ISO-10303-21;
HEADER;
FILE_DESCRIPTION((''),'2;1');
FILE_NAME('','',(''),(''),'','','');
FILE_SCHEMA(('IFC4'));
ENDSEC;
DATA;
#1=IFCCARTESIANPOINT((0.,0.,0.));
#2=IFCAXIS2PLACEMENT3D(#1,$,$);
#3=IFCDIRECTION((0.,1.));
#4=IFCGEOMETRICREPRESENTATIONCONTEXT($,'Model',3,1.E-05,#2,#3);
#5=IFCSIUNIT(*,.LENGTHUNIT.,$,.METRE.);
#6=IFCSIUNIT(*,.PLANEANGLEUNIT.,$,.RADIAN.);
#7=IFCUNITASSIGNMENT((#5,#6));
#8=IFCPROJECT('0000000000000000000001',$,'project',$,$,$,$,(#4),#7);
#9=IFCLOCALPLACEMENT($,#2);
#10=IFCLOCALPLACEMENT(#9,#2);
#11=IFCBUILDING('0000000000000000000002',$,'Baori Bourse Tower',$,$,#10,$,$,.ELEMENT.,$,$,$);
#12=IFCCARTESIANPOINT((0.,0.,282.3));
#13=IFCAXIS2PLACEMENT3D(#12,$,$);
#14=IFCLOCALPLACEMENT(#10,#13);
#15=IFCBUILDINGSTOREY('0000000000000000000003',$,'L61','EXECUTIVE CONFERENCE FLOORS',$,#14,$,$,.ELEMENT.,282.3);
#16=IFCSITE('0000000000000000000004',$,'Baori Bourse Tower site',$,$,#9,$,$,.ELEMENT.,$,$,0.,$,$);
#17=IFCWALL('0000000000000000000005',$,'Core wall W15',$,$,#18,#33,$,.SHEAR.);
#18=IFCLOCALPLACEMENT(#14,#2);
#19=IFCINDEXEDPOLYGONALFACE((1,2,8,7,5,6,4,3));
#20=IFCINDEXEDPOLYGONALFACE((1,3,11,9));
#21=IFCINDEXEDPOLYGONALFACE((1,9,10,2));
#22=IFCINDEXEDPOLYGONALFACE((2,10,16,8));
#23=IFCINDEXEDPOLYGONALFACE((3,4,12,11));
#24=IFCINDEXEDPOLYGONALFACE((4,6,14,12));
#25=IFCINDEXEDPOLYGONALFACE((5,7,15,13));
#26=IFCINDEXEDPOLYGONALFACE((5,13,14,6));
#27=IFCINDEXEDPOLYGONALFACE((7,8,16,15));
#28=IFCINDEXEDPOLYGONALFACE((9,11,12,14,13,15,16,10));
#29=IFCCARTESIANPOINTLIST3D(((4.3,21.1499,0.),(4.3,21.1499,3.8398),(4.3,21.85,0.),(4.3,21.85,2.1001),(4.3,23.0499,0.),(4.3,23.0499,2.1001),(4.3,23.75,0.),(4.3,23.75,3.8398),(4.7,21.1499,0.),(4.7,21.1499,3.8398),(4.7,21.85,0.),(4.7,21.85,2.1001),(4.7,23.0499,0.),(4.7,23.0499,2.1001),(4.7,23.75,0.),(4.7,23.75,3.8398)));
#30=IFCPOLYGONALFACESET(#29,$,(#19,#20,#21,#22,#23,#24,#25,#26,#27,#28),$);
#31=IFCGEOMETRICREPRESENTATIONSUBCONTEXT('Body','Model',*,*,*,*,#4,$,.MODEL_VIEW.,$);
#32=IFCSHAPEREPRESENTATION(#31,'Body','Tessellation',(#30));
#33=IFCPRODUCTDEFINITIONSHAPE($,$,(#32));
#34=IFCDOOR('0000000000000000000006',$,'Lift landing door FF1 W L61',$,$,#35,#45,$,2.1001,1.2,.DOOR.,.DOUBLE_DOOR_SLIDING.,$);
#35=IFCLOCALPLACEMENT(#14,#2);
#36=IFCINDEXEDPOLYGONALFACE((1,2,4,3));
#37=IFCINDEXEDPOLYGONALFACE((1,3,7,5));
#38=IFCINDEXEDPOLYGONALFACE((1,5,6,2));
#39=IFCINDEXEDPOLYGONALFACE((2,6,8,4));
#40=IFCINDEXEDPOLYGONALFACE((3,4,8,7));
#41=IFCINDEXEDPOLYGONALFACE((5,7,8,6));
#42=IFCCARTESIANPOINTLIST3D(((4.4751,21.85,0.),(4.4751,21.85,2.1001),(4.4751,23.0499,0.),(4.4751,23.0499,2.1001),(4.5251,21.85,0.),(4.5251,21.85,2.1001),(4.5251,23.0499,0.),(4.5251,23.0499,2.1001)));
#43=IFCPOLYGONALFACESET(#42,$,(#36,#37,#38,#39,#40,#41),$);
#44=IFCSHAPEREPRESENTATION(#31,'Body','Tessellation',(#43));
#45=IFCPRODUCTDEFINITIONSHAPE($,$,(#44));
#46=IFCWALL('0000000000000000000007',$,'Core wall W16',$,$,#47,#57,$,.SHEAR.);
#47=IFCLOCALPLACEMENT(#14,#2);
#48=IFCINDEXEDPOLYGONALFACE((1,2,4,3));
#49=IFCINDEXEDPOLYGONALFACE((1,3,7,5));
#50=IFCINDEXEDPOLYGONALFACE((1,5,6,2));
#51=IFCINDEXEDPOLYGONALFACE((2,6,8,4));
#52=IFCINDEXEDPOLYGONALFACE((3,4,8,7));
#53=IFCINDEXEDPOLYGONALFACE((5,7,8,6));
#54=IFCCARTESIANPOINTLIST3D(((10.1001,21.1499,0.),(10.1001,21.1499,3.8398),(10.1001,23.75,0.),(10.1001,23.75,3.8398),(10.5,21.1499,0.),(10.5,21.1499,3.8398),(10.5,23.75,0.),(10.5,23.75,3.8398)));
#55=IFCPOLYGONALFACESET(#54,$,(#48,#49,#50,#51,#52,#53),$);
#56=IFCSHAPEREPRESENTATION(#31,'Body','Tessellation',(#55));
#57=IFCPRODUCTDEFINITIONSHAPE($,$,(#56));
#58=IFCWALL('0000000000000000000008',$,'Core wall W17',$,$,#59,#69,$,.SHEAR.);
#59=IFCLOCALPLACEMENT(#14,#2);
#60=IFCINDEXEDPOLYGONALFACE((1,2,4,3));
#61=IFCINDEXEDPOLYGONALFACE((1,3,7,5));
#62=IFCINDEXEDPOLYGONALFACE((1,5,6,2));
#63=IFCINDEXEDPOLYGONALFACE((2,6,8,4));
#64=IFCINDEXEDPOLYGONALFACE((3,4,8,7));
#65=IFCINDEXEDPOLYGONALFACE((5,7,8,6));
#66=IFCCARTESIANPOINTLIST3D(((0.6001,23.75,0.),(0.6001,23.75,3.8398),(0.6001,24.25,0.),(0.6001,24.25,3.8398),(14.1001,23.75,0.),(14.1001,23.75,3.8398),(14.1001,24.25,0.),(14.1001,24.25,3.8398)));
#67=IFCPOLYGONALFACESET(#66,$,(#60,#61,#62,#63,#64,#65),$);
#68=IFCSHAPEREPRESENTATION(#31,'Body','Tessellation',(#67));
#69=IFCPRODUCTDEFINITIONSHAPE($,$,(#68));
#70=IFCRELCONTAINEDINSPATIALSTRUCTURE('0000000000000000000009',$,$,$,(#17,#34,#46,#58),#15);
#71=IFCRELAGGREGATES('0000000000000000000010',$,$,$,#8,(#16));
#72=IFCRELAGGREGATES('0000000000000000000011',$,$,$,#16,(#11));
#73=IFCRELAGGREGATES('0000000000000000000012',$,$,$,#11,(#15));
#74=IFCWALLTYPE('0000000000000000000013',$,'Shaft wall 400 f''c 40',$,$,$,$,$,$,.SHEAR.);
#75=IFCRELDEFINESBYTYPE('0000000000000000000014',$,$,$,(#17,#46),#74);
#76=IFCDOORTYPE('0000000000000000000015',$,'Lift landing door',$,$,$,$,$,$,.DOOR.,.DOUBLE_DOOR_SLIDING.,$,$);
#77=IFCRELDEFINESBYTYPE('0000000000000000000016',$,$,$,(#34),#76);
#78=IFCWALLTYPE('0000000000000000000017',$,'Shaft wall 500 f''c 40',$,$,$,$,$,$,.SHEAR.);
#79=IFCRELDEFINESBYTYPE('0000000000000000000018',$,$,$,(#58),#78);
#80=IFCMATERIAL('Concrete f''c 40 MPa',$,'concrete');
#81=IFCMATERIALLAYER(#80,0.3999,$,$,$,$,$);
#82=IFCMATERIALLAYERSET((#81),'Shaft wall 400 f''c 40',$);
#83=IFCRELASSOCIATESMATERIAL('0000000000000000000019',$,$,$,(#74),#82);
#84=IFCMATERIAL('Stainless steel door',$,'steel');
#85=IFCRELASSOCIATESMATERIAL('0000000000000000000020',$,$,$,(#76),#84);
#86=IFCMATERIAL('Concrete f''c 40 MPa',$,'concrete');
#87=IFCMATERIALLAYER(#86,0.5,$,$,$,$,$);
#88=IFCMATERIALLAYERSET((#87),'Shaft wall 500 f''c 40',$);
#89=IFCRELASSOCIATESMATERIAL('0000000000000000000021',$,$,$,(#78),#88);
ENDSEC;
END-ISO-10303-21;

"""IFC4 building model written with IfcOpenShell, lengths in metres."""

from ifc_helpers import new_model, si_unit, direction, frame, frame_2d, origin, place, context, subcontext, project, spatial, rectangle, extrude, material, layer, layer_set, type_object, element, fill, save


model = new_model("IFC4")

# Units and contexts
model_context = context("Model", 3, precision=1e-05, world=origin(), true_north=direction((0.0, 1.0)))
body_context = subcontext(model_context, "Body", "Model", "MODEL_VIEW")
ifc_project = project(units=[si_unit("LENGTHUNIT", "METRE"), si_unit("PLANEANGLEUNIT", "RADIAN")], contexts=[model_context])

# Site, building, storey
site_placement = place(None, origin())
site = spatial("IfcSite", under=ifc_project, at=site_placement, Name="Baori Bourse Tower site", CompositionType="ELEMENT", RefElevation=0.0)
building_placement = place(site_placement, origin())
building = spatial("IfcBuilding", under=site, at=building_placement, Name="Baori Bourse Tower", CompositionType="ELEMENT")
storey_placement = place(building_placement, frame((0.0, 0.0, 282.3)))
storey = spatial("IfcBuildingStorey", under=building, at=storey_placement, Name="L61", Description="EXECUTIVE CONFERENCE FLOORS", CompositionType="ELEMENT", Elevation=282.3)

# Shared definitions
ifc_material_1 = material(Name="Concrete f'c 40 MPa", Category="concrete")
ifc_layer_1 = layer(ifc_material_1, 0.3999)
ifc_layer_set_1 = layer_set([ifc_layer_1], Name="Shaft wall 400 f'c 40")
wall_type_1 = type_object("IfcWallType", Name="Shaft wall 400 f'c 40", PredefinedType="SHEAR", material=ifc_layer_set_1)

# Wall, opening, door
wall_1_placement = place(storey_placement, frame((4.5, 21.1499, 0.0), z_axis=(0.0, 0.0, 1.0), x_axis=(0.0, 1.0, 0.0)))
wall_1 = element("IfcWall", 1, at=wall_1_placement, inside=storey, type_object=wall_type_1, Name="Core wall W15", PredefinedType="SHEAR", context=body_context, shape_type="SweptSolid", body=[
    extrude(rectangle(XDim=2.6001, YDim=0.3999, at=frame_2d((1.3, 0.0))), origin(), (0.0, 0.0, 1.0), 3.8398),
])
opening_1_placement = place(wall_1_placement, frame((0.7, 0.0, 0.0)))
opening_1 = element("IfcOpeningElement", 2, at=opening_1_placement, cuts=wall_1, PredefinedType="OPENING", context=body_context, shape_type="SweptSolid", body=[
    extrude(rectangle(XDim=1.2, YDim=2.1001, at=frame_2d((0.6001, 1.05))), frame((0.0, 0.21, 0.0), z_axis=(0.0, -1.0, 0.0), x_axis=(1.0, 0.0, 0.0)), (0.0, 0.0, 1.0), 0.4199),
])
ifc_material_2 = material(Name="Stainless steel door", Category="steel")
door_type_1 = type_object("IfcDoorType", Name="Lift landing door", OperationType="DOUBLE_DOOR_SLIDING", PredefinedType="DOOR", material=ifc_material_2)
door_1_placement = place(opening_1_placement, origin())
door_1 = element("IfcDoor", 3, at=door_1_placement, inside=storey, type_object=door_type_1, Name="Lift landing door FF1 W L61", OperationType="DOUBLE_DOOR_SLIDING", OverallHeight=2.1001, OverallWidth=1.2, PredefinedType="DOOR", context=body_context, shape_type="SweptSolid", body=[
    extrude(rectangle(XDim=1.2, YDim=2.1001, at=frame_2d((0.6001, 1.05))), frame((0.0, 0.0249, 0.0), z_axis=(0.0, -1.0, 0.0), x_axis=(1.0, 0.0, 0.0)), (0.0, 0.0, 1.0), 0.05),
])
fill(opening_1, door_1)

# Walls
wall_2_placement = place(storey_placement, frame((10.3, 21.1499, 0.0), z_axis=(0.0, 0.0, 1.0), x_axis=(0.0, 1.0, 0.0)))
element("IfcWall", 4, at=wall_2_placement, inside=storey, type_object=wall_type_1, Name="Core wall W16", PredefinedType="SHEAR", context=body_context, shape_type="SweptSolid", body=[
    extrude(rectangle(XDim=2.6001, YDim=0.3999, at=frame_2d((1.3, 0.0))), origin(), (0.0, 0.0, 1.0), 3.8398),
])
ifc_material_3 = material(Name="Concrete f'c 40 MPa", Category="concrete")
ifc_layer_2 = layer(ifc_material_3, 0.5)
ifc_layer_set_2 = layer_set([ifc_layer_2], Name="Shaft wall 500 f'c 40")
wall_type_2 = type_object("IfcWallType", Name="Shaft wall 500 f'c 40", PredefinedType="SHEAR", material=ifc_layer_set_2)
wall_3_placement = place(storey_placement, frame((0.6001, 24.0, 0.0), z_axis=(0.0, 0.0, 1.0), x_axis=(1.0, 0.0, 0.0)))
element("IfcWall", 5, at=wall_3_placement, inside=storey, type_object=wall_type_2, Name="Core wall W17", PredefinedType="SHEAR", context=body_context, shape_type="SweptSolid", body=[
    extrude(rectangle(XDim=13.5, YDim=0.5, at=frame_2d((6.75, 0.0))), origin(), (0.0, 0.0, 1.0), 3.8398),
])

save(model, "model.ifc")
